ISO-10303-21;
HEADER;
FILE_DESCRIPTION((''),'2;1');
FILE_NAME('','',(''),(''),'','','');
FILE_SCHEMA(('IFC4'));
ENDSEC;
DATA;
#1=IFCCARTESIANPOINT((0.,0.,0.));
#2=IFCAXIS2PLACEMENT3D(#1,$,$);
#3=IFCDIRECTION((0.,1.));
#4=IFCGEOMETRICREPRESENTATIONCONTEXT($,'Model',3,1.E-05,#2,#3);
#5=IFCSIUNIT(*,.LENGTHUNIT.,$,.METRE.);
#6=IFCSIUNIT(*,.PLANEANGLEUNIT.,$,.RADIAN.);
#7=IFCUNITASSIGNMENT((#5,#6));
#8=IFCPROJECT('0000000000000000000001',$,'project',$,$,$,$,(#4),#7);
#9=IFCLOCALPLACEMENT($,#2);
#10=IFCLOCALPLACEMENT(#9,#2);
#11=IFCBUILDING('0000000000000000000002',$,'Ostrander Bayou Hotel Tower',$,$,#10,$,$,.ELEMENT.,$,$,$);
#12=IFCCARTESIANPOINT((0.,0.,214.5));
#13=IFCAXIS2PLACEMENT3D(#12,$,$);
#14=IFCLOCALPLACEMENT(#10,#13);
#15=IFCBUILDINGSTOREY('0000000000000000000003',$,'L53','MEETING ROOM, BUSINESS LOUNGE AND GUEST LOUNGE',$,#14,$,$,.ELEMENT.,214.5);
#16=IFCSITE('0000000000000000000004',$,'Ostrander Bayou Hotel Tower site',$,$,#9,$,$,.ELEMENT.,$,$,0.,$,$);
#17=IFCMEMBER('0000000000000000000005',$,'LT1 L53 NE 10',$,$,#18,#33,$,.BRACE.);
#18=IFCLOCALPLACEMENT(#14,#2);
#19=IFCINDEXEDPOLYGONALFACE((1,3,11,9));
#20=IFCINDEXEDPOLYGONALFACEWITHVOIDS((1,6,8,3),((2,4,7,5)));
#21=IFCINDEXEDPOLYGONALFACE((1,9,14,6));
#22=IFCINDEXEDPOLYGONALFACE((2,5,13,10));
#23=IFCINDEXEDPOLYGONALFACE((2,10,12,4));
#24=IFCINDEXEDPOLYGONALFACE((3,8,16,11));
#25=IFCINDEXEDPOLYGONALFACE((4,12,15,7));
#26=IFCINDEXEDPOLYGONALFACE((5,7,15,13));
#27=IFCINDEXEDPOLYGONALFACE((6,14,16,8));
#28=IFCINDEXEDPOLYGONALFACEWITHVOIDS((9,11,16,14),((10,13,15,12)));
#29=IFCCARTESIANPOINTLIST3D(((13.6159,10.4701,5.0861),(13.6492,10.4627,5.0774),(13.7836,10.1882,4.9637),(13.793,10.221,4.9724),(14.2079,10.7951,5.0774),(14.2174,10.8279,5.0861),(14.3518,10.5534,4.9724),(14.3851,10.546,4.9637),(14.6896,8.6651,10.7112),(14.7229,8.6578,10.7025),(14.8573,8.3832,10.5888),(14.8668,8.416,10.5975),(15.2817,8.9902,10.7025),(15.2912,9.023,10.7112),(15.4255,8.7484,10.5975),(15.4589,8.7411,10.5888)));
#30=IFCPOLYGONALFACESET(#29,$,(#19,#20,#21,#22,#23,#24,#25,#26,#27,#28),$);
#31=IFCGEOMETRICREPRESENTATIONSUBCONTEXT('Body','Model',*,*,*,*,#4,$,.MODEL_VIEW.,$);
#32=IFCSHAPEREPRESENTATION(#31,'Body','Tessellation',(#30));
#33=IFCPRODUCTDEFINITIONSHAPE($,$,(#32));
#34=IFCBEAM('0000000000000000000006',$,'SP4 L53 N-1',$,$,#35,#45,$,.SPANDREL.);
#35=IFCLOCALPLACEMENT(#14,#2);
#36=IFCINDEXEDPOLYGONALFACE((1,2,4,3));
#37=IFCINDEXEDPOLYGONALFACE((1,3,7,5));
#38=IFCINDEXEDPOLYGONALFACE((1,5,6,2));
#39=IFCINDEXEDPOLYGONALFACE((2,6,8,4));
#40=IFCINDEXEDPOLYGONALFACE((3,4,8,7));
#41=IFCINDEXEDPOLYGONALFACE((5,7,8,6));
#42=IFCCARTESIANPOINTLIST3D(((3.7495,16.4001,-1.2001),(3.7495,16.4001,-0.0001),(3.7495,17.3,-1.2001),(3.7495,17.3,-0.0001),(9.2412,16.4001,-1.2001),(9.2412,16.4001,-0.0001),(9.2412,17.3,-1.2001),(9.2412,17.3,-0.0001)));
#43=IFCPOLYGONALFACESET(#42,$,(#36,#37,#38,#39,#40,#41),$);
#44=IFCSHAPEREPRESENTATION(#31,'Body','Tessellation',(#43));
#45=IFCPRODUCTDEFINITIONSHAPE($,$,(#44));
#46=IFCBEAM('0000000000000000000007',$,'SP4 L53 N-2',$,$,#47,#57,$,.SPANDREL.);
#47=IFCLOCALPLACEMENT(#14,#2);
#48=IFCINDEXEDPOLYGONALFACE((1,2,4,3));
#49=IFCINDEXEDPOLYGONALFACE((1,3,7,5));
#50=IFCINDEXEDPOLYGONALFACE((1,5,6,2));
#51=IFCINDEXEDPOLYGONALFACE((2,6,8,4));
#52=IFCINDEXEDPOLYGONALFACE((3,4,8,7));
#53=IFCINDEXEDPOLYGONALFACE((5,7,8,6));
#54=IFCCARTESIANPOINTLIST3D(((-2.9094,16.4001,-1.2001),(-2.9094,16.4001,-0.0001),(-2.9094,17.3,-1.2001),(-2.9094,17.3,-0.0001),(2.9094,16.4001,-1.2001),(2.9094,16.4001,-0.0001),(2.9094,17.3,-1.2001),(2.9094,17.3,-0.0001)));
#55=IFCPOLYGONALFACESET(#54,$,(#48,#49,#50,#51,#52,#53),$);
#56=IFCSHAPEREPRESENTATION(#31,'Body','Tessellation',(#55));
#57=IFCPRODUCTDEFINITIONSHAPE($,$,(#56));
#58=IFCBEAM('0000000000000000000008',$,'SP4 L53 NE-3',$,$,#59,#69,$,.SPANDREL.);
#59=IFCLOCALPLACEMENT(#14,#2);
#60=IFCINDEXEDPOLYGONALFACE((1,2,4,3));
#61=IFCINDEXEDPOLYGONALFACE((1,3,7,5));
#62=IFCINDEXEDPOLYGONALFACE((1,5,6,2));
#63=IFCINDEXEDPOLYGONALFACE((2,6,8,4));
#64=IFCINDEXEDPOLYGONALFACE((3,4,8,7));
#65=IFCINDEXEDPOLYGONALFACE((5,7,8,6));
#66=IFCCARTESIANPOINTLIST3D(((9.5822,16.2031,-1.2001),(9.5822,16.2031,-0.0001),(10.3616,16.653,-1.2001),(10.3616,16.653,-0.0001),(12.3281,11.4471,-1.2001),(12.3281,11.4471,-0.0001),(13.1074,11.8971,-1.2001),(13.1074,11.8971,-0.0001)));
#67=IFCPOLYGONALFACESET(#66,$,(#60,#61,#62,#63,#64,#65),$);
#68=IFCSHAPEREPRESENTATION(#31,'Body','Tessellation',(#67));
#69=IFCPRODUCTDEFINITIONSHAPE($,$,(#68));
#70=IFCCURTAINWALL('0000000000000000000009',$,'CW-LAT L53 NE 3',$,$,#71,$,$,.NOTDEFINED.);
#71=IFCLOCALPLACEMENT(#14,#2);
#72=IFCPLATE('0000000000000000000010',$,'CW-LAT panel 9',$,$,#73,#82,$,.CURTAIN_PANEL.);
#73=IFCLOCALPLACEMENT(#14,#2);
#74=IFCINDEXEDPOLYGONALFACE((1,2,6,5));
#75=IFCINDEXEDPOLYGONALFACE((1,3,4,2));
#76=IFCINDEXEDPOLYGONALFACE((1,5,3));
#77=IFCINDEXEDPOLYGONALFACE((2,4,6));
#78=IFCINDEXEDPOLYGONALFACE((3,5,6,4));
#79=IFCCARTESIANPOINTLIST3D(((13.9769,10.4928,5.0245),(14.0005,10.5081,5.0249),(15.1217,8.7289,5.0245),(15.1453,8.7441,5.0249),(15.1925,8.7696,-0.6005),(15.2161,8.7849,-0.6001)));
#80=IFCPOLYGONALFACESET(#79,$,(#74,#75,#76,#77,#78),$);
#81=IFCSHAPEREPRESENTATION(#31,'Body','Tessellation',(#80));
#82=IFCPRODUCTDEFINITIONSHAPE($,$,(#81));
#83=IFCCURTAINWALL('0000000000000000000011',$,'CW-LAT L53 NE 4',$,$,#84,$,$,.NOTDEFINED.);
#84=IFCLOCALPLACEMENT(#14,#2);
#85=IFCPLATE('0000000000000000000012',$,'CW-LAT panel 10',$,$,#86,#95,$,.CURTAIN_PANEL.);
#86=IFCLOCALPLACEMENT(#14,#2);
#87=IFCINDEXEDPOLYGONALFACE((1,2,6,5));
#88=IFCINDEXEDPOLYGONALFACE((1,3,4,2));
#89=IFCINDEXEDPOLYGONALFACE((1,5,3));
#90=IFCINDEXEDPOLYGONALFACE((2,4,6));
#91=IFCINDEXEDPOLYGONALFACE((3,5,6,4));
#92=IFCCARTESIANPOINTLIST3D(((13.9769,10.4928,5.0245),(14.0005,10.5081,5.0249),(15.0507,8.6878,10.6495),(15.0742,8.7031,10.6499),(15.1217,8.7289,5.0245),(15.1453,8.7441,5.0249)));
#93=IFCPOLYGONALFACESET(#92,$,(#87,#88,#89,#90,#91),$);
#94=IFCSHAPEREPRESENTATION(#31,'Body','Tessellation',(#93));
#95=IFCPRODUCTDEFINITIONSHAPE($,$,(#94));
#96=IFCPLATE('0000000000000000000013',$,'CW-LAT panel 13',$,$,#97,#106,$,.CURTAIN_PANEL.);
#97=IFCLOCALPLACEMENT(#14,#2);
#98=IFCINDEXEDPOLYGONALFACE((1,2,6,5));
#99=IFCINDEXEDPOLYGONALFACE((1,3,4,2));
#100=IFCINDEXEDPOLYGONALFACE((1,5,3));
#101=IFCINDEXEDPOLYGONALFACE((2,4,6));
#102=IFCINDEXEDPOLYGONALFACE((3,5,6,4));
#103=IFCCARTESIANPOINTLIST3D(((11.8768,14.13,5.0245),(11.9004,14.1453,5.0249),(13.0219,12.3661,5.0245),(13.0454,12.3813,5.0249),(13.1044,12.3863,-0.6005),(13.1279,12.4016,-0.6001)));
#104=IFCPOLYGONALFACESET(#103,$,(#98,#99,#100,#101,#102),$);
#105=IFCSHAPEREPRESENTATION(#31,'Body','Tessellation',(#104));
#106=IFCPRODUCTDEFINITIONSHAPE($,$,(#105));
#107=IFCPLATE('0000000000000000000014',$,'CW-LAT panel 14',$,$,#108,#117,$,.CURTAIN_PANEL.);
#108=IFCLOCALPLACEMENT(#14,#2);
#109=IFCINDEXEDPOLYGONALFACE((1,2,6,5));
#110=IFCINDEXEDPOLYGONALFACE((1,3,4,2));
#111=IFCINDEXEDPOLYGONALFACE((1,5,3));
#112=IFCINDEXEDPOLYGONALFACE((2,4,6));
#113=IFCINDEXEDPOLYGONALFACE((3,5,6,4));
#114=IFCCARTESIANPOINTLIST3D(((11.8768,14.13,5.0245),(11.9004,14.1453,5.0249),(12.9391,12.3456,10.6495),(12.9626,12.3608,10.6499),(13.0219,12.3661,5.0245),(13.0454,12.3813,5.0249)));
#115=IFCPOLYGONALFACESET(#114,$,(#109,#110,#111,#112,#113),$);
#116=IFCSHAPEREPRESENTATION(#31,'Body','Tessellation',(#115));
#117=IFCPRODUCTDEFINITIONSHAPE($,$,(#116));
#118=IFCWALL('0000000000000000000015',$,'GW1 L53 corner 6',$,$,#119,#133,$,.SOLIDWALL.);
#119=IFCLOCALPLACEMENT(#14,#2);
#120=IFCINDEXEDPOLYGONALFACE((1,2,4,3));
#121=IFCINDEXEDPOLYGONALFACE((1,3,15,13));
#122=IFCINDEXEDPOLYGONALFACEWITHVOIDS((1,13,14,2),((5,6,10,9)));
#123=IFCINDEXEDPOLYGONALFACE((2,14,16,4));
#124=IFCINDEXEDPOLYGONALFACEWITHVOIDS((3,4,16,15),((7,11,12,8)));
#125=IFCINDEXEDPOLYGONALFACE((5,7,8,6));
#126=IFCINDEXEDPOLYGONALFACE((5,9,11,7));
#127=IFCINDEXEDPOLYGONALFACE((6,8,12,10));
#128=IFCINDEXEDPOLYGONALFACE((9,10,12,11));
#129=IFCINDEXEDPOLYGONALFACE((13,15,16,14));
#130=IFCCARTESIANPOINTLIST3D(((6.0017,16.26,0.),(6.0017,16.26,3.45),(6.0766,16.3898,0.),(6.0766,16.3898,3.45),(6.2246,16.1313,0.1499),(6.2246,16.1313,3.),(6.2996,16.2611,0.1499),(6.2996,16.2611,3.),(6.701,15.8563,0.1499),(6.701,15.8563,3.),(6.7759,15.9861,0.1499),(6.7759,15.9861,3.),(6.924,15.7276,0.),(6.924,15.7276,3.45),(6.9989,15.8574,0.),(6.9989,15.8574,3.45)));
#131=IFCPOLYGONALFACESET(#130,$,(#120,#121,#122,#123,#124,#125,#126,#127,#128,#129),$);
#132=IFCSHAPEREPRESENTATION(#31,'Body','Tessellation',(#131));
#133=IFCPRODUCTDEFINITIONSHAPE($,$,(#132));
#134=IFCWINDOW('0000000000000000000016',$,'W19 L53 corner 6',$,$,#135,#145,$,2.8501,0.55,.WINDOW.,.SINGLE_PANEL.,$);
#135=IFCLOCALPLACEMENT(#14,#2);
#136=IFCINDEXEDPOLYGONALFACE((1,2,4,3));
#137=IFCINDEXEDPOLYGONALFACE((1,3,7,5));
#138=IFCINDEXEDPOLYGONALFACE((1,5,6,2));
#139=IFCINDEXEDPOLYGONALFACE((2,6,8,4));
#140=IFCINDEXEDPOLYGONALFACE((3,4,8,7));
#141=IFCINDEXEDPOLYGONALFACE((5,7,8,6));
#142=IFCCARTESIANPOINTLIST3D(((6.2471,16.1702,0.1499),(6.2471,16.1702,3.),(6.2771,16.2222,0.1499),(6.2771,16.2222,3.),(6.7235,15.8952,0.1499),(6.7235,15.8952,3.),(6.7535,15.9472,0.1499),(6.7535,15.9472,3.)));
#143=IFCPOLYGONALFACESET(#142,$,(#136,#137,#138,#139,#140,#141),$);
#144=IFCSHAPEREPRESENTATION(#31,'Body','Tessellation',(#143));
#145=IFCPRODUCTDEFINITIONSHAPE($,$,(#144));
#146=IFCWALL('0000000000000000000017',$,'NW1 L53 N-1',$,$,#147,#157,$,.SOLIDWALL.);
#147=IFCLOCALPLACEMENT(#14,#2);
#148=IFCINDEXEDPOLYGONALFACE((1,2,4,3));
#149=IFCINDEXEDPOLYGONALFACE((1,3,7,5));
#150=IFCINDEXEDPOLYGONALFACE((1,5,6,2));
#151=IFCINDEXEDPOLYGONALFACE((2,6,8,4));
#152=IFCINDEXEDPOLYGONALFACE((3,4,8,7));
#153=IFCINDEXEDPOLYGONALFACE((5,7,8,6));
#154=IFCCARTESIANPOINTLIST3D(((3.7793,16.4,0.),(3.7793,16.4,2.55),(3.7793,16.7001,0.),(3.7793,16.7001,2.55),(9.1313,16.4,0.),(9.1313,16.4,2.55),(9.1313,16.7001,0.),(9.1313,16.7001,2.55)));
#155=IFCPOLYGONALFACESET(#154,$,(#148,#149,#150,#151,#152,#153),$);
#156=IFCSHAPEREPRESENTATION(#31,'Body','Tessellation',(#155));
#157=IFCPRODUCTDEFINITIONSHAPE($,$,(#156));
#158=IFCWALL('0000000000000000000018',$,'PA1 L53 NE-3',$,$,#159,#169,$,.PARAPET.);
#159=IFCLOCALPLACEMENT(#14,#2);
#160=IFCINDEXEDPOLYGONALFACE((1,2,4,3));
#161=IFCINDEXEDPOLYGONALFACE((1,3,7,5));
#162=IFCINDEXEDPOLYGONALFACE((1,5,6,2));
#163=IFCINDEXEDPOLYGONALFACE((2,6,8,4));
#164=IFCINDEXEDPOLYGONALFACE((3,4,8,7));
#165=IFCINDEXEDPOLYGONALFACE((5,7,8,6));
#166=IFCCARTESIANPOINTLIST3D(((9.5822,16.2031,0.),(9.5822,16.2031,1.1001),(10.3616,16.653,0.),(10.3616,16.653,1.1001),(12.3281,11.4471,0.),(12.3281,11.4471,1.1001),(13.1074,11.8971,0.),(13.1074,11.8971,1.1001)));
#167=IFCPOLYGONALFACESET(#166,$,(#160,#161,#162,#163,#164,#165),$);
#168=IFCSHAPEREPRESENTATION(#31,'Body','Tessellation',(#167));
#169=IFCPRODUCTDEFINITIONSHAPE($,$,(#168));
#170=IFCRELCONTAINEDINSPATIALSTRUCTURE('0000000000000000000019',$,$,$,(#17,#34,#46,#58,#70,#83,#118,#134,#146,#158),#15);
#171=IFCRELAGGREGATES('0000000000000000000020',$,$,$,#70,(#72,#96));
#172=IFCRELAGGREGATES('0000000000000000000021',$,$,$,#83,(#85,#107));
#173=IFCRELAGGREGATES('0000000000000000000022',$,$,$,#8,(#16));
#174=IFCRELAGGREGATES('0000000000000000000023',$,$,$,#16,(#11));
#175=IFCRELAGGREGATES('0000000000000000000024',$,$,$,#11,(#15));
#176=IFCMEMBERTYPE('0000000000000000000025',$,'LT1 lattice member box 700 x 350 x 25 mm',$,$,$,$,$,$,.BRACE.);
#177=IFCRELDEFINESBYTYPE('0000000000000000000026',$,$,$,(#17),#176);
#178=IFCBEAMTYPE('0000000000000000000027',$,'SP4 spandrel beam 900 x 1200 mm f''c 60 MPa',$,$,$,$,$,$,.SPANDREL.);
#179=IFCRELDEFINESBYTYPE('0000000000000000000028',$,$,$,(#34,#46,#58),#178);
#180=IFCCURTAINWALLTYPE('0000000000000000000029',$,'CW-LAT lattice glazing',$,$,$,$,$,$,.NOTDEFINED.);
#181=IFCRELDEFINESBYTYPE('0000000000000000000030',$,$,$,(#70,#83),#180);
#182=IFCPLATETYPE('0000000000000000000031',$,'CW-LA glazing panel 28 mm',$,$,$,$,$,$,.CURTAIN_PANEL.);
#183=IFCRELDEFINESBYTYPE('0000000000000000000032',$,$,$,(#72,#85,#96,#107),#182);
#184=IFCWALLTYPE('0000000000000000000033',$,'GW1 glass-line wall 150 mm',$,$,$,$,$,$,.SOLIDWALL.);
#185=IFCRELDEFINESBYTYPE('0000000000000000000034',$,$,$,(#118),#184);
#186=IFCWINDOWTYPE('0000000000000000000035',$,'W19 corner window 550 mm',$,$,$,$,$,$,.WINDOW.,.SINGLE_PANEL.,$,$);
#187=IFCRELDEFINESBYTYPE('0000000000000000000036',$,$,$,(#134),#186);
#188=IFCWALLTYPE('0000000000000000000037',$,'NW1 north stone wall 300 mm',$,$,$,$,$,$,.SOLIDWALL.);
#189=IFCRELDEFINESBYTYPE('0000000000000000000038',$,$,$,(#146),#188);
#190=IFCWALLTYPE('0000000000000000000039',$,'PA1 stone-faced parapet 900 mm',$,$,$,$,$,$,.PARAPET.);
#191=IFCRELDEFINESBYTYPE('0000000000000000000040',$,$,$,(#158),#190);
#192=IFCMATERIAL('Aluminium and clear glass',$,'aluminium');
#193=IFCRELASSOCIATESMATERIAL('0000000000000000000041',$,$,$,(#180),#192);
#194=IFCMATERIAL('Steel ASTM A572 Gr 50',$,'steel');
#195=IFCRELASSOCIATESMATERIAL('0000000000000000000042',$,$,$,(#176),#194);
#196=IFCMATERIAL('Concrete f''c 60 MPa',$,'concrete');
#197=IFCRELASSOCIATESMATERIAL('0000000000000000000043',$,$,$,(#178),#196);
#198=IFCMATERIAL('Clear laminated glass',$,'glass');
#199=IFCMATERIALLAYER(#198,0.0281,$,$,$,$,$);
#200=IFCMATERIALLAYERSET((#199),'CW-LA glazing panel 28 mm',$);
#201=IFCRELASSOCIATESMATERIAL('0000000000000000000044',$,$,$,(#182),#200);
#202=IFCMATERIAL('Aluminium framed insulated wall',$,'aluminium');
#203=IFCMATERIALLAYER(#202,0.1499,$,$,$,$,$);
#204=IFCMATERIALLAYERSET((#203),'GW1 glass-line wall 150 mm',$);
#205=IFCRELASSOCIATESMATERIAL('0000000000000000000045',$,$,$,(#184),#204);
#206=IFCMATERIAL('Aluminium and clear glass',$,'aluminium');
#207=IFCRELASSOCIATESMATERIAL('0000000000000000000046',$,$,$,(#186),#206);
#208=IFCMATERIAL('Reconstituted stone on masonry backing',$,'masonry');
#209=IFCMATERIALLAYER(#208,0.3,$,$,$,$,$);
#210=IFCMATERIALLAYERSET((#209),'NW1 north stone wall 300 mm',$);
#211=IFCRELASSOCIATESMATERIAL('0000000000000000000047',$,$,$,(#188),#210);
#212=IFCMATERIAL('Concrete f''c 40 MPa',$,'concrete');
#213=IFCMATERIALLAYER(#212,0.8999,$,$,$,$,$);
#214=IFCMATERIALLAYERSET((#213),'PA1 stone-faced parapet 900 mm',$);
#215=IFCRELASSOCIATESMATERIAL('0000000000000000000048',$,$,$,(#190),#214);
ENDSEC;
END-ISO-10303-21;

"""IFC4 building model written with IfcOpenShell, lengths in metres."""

from ifc_helpers import new_model, si_unit, direction, frame, frame_2d, origin, origin_2d, place, context, subcontext, project, spatial, polyline, rectangle, hollow_rectangle, outline, extrude, material, layer, layer_set, material_profile, profile_set, type_object, element, fill, aggregate, save


model = new_model("IFC4")

# Units and contexts
model_context = context("Model", 3, precision=1e-05, world=origin(), true_north=direction((0.0, 1.0)))
body_context = subcontext(model_context, "Body", "Model", "MODEL_VIEW")
ifc_project = project(units=[si_unit("LENGTHUNIT", "METRE"), si_unit("PLANEANGLEUNIT", "RADIAN")], contexts=[model_context])

# Site, building, storey
site_placement = place(None, origin())
site = spatial("IfcSite", under=ifc_project, at=site_placement, Name="Ostrander Bayou Hotel Tower site", CompositionType="ELEMENT", RefElevation=0.0)
building_placement = place(site_placement, origin())
building = spatial("IfcBuilding", under=site, at=building_placement, Name="Ostrander Bayou Hotel Tower", CompositionType="ELEMENT")
storey_placement = place(building_placement, frame((0.0, 0.0, 214.5)))
storey = spatial("IfcBuildingStorey", under=building, at=storey_placement, Name="L53", Description="MEETING ROOM, BUSINESS LOUNGE AND GUEST LOUNGE", CompositionType="ELEMENT", Elevation=214.5)

# Shared definitions
ifc_material_1 = material(Name="Aluminium and clear glass", Category="aluminium")
curtain_wall_type = type_object("IfcCurtainWallType", Name="CW-LAT lattice glazing", PredefinedType="NOTDEFINED", material=ifc_material_1)

# Member
ifc_material_2 = material(Name="Steel ASTM A572 Gr 50", Category="steel")
ifc_material_profile_1 = material_profile(ifc_material_2, hollow_rectangle(XDim=0.7, YDim=0.3501, WallThickness=0.0249, at=origin_2d()))
ifc_profile_set_1 = profile_set([ifc_material_profile_1], Name="Steel ASTM A572 Gr 50")
member_type_1 = type_object("IfcMemberType", Name="LT1 lattice member box 700 x 350 x 25 mm", PredefinedType="BRACE", material=ifc_profile_set_1)
member_1_placement = place(storey_placement, frame((14.0005, 10.5081, 5.0249), z_axis=(0.178828, -0.300608, 0.936833), x_axis=(0.859425, 0.511261, 0.0)))
element("IfcMember", 1, at=member_1_placement, inside=storey, type_object=member_type_1, Name="LT1 L53 NE 10", PredefinedType="BRACE", context=body_context, shape_type="SweptSolid", body=[
    extrude(hollow_rectangle(XDim=0.7, YDim=0.3501, WallThickness=0.0249, at=origin_2d()), origin(), (0.0, 0.0, 1.0), 6.0044),
])

# Beams
ifc_material_3 = material(Name="Concrete f'c 60 MPa", Category="concrete")
ifc_material_profile_2 = material_profile(ifc_material_3, rectangle(XDim=0.8999, YDim=1.2, at=origin_2d()))
ifc_profile_set_2 = profile_set([ifc_material_profile_2], Name="Concrete f'c 60 MPa")
beam_type_1 = type_object("IfcBeamType", Name="SP4 spandrel beam 900 x 1200 mm f'c 60 MPa", PredefinedType="SPANDREL", material=ifc_profile_set_2)
beam_1_placement = place(storey_placement, frame((9.2412, 16.8501, -0.6001), z_axis=(-1.0, 0.0, 0.0), x_axis=(0.0, -1.0, 0.0)))
element("IfcBeam", 2, at=beam_1_placement, inside=storey, type_object=beam_type_1, Name="SP4 L53 N-1", PredefinedType="SPANDREL", context=body_context, shape_type="SweptSolid", body=[
    extrude(rectangle(XDim=0.8999, YDim=1.2, at=origin_2d()), origin(), (0.0, 0.0, 1.0), 5.4917),
])
beam_2_placement = place(storey_placement, frame((2.9094, 16.8501, -0.6001), z_axis=(-1.0, 0.0, 0.0), x_axis=(0.0, -1.0, 0.0)))
element("IfcBeam", 3, at=beam_2_placement, inside=storey, type_object=beam_type_1, Name="SP4 L53 N-2", PredefinedType="SPANDREL", context=body_context, shape_type="SweptSolid", body=[
    extrude(rectangle(XDim=0.8999, YDim=1.2, at=origin_2d()), origin(), (0.0, 0.0, 1.0), 5.8188),
])
beam_3_placement = place(storey_placement, frame((12.7178, 11.6721, -0.6001), z_axis=(-0.500007, 0.866021, 0.0), x_axis=(-0.866021, -0.500007, 0.0)))
element("IfcBeam", 4, at=beam_3_placement, inside=storey, type_object=beam_type_1, Name="SP4 L53 NE-3", PredefinedType="SPANDREL", context=body_context, shape_type="SweptSolid", body=[
    extrude(rectangle(XDim=0.8999, YDim=1.2, at=origin_2d()), origin(), (0.0, 0.0, 1.0), 5.4917),
])

# Curtain walls, plates
curtain_wall_1_placement = place(storey_placement, origin())
curtain_wall_1 = element("IfcCurtainWall", 5, at=curtain_wall_1_placement, inside=storey, type_object=curtain_wall_type, Name="CW-LAT L53 NE 3", PredefinedType="NOTDEFINED")
ifc_material_4 = material(Name="Clear laminated glass", Category="glass")
ifc_layer_1 = layer(ifc_material_4, 0.0281)
ifc_layer_set_1 = layer_set([ifc_layer_1], Name="CW-LA glazing panel 28 mm")
plate_type = type_object("IfcPlateType", Name="CW-LA glazing panel 28 mm", PredefinedType="CURTAIN_PANEL", material=ifc_layer_set_1)
plate_1_placement = place(storey_placement, frame((14.0005, 10.5081, 5.0249), z_axis=(0.83874, 0.544339, 0.014503), x_axis=(0.20235, -0.286842, -0.936363)))
plate_1 = element("IfcPlate", 6, at=plate_1_placement, type_object=plate_type, Name="CW-LAT panel 9", PredefinedType="CURTAIN_PANEL", context=body_context, shape_type="SweptSolid", body=[
    extrude(outline(polyline([(0.0, 0.0), (6.0073, 0.0), (0.7376, -1.9692), (0.0, 0.0)])), origin(), (0.0, 0.0, -1.0), 0.0281),
])
curtain_wall_2_placement = place(storey_placement, origin())
curtain_wall_2 = element("IfcCurtainWall", 7, at=curtain_wall_2_placement, inside=storey, type_object=curtain_wall_type, Name="CW-LAT L53 NE 4", PredefinedType="NOTDEFINED")
plate_2_placement = place(storey_placement, frame((14.0005, 10.5081, 5.0249), z_axis=(0.838739, 0.544339, 0.014563), x_axis=(0.178828, -0.300608, 0.936833)))
plate_2 = element("IfcPlate", 8, at=plate_2_placement, type_object=plate_type, Name="CW-LAT panel 10", PredefinedType="CURTAIN_PANEL", context=body_context, shape_type="SweptSolid", body=[
    extrude(outline(polyline([(0.0, 0.0), (6.0043, 0.0), (0.735, 1.9702), (0.0, 0.0)])), origin(), (0.0, 0.0, -1.0), 0.0281),
])

# Plates
plate_3_placement = place(storey_placement, frame((11.9004, 14.1453, 5.0249), z_axis=(0.83869, 0.544423, 0.014265), x_axis=(0.204058, -0.289854, -0.935064)))
plate_3 = element("IfcPlate", 9, at=plate_3_placement, type_object=plate_type, Name="CW-LAT panel 13", PredefinedType="CURTAIN_PANEL", context=body_context, shape_type="SweptSolid", body=[
    extrude(outline(polyline([(0.0, 0.0), (6.0156, 0.0), (0.7449, -1.9666), (0.0, 0.0)])), origin(), (0.0, 0.0, -1.0), 0.0281),
])
aggregate(curtain_wall_1, [plate_1, plate_3])
plate_4_placement = place(storey_placement, frame((11.9004, 14.1453, 5.0249), z_axis=(0.838689, 0.544422, 0.014325), x_axis=(0.177158, -0.297598, 0.93811)))
plate_4 = element("IfcPlate", 10, at=plate_4_placement, type_object=plate_type, Name="CW-LAT panel 14", PredefinedType="CURTAIN_PANEL", context=body_context, shape_type="SweptSolid", body=[
    extrude(outline(polyline([(0.0, 0.0), (5.9961, 0.0), (0.7278, 1.973), (0.0, 0.0)])), origin(), (0.0, 0.0, -1.0), 0.0281),
])
aggregate(curtain_wall_2, [plate_2, plate_4])

# Wall, opening, window
ifc_material_5 = material(Name="Aluminium framed insulated wall", Category="aluminium")
ifc_layer_2 = layer(ifc_material_5, 0.1499)
ifc_layer_set_2 = layer_set([ifc_layer_2], Name="GW1 glass-line wall 150 mm")
wall_type_1 = type_object("IfcWallType", Name="GW1 glass-line wall 150 mm", PredefinedType="SOLIDWALL", material=ifc_layer_set_2)
wall_1_placement = place(storey_placement, frame((6.9614, 15.7925, 0.0), z_axis=(0.0, 0.0, 1.0), x_axis=(-0.866048, 0.499961, 0.0)))
wall_1 = element("IfcWall", 11, at=wall_1_placement, inside=storey, type_object=wall_type_1, Name="GW1 L53 corner 6", PredefinedType="SOLIDWALL", context=body_context, shape_type="SweptSolid", body=[
    extrude(rectangle(XDim=1.0649, YDim=0.1499, at=frame_2d((0.5325, 0.0))), origin(), (0.0, 0.0, 1.0), 3.45),
])
opening_1_placement = place(wall_1_placement, frame((0.2576, 0.0, 0.1499)))
opening_1 = element("IfcOpeningElement", 12, at=opening_1_placement, cuts=wall_1, PredefinedType="OPENING", context=body_context, shape_type="SweptSolid", body=[
    extrude(rectangle(XDim=0.55, YDim=2.8501, at=frame_2d((0.2749, 1.425))), frame((0.0, 0.075, 0.0), z_axis=(0.0, -1.0, 0.0), x_axis=(1.0, 0.0, 0.0)), (0.0, 0.0, 1.0), 0.1499),
])
ifc_material_6 = material(Name="Aluminium and clear glass", Category="aluminium")
window_type_1 = type_object("IfcWindowType", Name="W19 corner window 550 mm", PartitioningType="SINGLE_PANEL", PredefinedType="WINDOW", material=ifc_material_6)
window_1_placement = place(opening_1_placement, origin())
window_1 = element("IfcWindow", 13, at=window_1_placement, inside=storey, type_object=window_type_1, Name="W19 L53 corner 6", OverallHeight=2.8501, OverallWidth=0.55, PartitioningType="SINGLE_PANEL", PredefinedType="WINDOW", context=body_context, shape_type="SweptSolid", body=[
    extrude(rectangle(XDim=0.55, YDim=2.8501, at=frame_2d((0.2749, 1.425))), frame((0.0, 0.03, 0.0), z_axis=(0.0, -1.0, 0.0), x_axis=(1.0, 0.0, 0.0)), (0.0, 0.0, 1.0), 0.0601),
])
fill(opening_1, window_1)

# Wall
ifc_material_7 = material(Name="Reconstituted stone on masonry backing", Category="masonry")
ifc_layer_3 = layer(ifc_material_7, 0.3)
ifc_layer_set_3 = layer_set([ifc_layer_3], Name="NW1 north stone wall 300 mm")
wall_type_2 = type_object("IfcWallType", Name="NW1 north stone wall 300 mm", PredefinedType="SOLIDWALL", material=ifc_layer_set_3)
wall_2_placement = place(storey_placement, frame((9.1313, 16.55, 0.0), z_axis=(0.0, 0.0, 1.0), x_axis=(-1.0, 0.0, 0.0)))
element("IfcWall", 14, at=wall_2_placement, inside=storey, type_object=wall_type_2, Name="NW1 L53 N-1", PredefinedType="SOLIDWALL", context=body_context, shape_type="SweptSolid", body=[
    extrude(rectangle(XDim=5.3521, YDim=0.3, at=frame_2d((2.676, 0.0))), origin(), (0.0, 0.0, 1.0), 2.55),
])

# Wall
ifc_material_8 = material(Name="Concrete f'c 40 MPa", Category="concrete")
ifc_layer_4 = layer(ifc_material_8, 0.8999)
ifc_layer_set_4 = layer_set([ifc_layer_4], Name="PA1 stone-faced parapet 900 mm")
wall_type_3 = type_object("IfcWallType", Name="PA1 stone-faced parapet 900 mm", PredefinedType="PARAPET", material=ifc_layer_set_4)
wall_3_placement = place(storey_placement, frame((12.7178, 11.6721, 0.0), z_axis=(0.0, 0.0, 1.0), x_axis=(-0.500007, 0.866021, 0.0)))
element("IfcWall", 15, at=wall_3_placement, inside=storey, type_object=wall_type_3, Name="PA1 L53 NE-3", PredefinedType="PARAPET", context=body_context, shape_type="SweptSolid", body=[
    extrude(rectangle(XDim=5.4917, YDim=0.8999, at=frame_2d((2.7458, 0.0))), origin(), (0.0, 0.0, 1.0), 1.1001),
])

save(model, "model.ifc")
